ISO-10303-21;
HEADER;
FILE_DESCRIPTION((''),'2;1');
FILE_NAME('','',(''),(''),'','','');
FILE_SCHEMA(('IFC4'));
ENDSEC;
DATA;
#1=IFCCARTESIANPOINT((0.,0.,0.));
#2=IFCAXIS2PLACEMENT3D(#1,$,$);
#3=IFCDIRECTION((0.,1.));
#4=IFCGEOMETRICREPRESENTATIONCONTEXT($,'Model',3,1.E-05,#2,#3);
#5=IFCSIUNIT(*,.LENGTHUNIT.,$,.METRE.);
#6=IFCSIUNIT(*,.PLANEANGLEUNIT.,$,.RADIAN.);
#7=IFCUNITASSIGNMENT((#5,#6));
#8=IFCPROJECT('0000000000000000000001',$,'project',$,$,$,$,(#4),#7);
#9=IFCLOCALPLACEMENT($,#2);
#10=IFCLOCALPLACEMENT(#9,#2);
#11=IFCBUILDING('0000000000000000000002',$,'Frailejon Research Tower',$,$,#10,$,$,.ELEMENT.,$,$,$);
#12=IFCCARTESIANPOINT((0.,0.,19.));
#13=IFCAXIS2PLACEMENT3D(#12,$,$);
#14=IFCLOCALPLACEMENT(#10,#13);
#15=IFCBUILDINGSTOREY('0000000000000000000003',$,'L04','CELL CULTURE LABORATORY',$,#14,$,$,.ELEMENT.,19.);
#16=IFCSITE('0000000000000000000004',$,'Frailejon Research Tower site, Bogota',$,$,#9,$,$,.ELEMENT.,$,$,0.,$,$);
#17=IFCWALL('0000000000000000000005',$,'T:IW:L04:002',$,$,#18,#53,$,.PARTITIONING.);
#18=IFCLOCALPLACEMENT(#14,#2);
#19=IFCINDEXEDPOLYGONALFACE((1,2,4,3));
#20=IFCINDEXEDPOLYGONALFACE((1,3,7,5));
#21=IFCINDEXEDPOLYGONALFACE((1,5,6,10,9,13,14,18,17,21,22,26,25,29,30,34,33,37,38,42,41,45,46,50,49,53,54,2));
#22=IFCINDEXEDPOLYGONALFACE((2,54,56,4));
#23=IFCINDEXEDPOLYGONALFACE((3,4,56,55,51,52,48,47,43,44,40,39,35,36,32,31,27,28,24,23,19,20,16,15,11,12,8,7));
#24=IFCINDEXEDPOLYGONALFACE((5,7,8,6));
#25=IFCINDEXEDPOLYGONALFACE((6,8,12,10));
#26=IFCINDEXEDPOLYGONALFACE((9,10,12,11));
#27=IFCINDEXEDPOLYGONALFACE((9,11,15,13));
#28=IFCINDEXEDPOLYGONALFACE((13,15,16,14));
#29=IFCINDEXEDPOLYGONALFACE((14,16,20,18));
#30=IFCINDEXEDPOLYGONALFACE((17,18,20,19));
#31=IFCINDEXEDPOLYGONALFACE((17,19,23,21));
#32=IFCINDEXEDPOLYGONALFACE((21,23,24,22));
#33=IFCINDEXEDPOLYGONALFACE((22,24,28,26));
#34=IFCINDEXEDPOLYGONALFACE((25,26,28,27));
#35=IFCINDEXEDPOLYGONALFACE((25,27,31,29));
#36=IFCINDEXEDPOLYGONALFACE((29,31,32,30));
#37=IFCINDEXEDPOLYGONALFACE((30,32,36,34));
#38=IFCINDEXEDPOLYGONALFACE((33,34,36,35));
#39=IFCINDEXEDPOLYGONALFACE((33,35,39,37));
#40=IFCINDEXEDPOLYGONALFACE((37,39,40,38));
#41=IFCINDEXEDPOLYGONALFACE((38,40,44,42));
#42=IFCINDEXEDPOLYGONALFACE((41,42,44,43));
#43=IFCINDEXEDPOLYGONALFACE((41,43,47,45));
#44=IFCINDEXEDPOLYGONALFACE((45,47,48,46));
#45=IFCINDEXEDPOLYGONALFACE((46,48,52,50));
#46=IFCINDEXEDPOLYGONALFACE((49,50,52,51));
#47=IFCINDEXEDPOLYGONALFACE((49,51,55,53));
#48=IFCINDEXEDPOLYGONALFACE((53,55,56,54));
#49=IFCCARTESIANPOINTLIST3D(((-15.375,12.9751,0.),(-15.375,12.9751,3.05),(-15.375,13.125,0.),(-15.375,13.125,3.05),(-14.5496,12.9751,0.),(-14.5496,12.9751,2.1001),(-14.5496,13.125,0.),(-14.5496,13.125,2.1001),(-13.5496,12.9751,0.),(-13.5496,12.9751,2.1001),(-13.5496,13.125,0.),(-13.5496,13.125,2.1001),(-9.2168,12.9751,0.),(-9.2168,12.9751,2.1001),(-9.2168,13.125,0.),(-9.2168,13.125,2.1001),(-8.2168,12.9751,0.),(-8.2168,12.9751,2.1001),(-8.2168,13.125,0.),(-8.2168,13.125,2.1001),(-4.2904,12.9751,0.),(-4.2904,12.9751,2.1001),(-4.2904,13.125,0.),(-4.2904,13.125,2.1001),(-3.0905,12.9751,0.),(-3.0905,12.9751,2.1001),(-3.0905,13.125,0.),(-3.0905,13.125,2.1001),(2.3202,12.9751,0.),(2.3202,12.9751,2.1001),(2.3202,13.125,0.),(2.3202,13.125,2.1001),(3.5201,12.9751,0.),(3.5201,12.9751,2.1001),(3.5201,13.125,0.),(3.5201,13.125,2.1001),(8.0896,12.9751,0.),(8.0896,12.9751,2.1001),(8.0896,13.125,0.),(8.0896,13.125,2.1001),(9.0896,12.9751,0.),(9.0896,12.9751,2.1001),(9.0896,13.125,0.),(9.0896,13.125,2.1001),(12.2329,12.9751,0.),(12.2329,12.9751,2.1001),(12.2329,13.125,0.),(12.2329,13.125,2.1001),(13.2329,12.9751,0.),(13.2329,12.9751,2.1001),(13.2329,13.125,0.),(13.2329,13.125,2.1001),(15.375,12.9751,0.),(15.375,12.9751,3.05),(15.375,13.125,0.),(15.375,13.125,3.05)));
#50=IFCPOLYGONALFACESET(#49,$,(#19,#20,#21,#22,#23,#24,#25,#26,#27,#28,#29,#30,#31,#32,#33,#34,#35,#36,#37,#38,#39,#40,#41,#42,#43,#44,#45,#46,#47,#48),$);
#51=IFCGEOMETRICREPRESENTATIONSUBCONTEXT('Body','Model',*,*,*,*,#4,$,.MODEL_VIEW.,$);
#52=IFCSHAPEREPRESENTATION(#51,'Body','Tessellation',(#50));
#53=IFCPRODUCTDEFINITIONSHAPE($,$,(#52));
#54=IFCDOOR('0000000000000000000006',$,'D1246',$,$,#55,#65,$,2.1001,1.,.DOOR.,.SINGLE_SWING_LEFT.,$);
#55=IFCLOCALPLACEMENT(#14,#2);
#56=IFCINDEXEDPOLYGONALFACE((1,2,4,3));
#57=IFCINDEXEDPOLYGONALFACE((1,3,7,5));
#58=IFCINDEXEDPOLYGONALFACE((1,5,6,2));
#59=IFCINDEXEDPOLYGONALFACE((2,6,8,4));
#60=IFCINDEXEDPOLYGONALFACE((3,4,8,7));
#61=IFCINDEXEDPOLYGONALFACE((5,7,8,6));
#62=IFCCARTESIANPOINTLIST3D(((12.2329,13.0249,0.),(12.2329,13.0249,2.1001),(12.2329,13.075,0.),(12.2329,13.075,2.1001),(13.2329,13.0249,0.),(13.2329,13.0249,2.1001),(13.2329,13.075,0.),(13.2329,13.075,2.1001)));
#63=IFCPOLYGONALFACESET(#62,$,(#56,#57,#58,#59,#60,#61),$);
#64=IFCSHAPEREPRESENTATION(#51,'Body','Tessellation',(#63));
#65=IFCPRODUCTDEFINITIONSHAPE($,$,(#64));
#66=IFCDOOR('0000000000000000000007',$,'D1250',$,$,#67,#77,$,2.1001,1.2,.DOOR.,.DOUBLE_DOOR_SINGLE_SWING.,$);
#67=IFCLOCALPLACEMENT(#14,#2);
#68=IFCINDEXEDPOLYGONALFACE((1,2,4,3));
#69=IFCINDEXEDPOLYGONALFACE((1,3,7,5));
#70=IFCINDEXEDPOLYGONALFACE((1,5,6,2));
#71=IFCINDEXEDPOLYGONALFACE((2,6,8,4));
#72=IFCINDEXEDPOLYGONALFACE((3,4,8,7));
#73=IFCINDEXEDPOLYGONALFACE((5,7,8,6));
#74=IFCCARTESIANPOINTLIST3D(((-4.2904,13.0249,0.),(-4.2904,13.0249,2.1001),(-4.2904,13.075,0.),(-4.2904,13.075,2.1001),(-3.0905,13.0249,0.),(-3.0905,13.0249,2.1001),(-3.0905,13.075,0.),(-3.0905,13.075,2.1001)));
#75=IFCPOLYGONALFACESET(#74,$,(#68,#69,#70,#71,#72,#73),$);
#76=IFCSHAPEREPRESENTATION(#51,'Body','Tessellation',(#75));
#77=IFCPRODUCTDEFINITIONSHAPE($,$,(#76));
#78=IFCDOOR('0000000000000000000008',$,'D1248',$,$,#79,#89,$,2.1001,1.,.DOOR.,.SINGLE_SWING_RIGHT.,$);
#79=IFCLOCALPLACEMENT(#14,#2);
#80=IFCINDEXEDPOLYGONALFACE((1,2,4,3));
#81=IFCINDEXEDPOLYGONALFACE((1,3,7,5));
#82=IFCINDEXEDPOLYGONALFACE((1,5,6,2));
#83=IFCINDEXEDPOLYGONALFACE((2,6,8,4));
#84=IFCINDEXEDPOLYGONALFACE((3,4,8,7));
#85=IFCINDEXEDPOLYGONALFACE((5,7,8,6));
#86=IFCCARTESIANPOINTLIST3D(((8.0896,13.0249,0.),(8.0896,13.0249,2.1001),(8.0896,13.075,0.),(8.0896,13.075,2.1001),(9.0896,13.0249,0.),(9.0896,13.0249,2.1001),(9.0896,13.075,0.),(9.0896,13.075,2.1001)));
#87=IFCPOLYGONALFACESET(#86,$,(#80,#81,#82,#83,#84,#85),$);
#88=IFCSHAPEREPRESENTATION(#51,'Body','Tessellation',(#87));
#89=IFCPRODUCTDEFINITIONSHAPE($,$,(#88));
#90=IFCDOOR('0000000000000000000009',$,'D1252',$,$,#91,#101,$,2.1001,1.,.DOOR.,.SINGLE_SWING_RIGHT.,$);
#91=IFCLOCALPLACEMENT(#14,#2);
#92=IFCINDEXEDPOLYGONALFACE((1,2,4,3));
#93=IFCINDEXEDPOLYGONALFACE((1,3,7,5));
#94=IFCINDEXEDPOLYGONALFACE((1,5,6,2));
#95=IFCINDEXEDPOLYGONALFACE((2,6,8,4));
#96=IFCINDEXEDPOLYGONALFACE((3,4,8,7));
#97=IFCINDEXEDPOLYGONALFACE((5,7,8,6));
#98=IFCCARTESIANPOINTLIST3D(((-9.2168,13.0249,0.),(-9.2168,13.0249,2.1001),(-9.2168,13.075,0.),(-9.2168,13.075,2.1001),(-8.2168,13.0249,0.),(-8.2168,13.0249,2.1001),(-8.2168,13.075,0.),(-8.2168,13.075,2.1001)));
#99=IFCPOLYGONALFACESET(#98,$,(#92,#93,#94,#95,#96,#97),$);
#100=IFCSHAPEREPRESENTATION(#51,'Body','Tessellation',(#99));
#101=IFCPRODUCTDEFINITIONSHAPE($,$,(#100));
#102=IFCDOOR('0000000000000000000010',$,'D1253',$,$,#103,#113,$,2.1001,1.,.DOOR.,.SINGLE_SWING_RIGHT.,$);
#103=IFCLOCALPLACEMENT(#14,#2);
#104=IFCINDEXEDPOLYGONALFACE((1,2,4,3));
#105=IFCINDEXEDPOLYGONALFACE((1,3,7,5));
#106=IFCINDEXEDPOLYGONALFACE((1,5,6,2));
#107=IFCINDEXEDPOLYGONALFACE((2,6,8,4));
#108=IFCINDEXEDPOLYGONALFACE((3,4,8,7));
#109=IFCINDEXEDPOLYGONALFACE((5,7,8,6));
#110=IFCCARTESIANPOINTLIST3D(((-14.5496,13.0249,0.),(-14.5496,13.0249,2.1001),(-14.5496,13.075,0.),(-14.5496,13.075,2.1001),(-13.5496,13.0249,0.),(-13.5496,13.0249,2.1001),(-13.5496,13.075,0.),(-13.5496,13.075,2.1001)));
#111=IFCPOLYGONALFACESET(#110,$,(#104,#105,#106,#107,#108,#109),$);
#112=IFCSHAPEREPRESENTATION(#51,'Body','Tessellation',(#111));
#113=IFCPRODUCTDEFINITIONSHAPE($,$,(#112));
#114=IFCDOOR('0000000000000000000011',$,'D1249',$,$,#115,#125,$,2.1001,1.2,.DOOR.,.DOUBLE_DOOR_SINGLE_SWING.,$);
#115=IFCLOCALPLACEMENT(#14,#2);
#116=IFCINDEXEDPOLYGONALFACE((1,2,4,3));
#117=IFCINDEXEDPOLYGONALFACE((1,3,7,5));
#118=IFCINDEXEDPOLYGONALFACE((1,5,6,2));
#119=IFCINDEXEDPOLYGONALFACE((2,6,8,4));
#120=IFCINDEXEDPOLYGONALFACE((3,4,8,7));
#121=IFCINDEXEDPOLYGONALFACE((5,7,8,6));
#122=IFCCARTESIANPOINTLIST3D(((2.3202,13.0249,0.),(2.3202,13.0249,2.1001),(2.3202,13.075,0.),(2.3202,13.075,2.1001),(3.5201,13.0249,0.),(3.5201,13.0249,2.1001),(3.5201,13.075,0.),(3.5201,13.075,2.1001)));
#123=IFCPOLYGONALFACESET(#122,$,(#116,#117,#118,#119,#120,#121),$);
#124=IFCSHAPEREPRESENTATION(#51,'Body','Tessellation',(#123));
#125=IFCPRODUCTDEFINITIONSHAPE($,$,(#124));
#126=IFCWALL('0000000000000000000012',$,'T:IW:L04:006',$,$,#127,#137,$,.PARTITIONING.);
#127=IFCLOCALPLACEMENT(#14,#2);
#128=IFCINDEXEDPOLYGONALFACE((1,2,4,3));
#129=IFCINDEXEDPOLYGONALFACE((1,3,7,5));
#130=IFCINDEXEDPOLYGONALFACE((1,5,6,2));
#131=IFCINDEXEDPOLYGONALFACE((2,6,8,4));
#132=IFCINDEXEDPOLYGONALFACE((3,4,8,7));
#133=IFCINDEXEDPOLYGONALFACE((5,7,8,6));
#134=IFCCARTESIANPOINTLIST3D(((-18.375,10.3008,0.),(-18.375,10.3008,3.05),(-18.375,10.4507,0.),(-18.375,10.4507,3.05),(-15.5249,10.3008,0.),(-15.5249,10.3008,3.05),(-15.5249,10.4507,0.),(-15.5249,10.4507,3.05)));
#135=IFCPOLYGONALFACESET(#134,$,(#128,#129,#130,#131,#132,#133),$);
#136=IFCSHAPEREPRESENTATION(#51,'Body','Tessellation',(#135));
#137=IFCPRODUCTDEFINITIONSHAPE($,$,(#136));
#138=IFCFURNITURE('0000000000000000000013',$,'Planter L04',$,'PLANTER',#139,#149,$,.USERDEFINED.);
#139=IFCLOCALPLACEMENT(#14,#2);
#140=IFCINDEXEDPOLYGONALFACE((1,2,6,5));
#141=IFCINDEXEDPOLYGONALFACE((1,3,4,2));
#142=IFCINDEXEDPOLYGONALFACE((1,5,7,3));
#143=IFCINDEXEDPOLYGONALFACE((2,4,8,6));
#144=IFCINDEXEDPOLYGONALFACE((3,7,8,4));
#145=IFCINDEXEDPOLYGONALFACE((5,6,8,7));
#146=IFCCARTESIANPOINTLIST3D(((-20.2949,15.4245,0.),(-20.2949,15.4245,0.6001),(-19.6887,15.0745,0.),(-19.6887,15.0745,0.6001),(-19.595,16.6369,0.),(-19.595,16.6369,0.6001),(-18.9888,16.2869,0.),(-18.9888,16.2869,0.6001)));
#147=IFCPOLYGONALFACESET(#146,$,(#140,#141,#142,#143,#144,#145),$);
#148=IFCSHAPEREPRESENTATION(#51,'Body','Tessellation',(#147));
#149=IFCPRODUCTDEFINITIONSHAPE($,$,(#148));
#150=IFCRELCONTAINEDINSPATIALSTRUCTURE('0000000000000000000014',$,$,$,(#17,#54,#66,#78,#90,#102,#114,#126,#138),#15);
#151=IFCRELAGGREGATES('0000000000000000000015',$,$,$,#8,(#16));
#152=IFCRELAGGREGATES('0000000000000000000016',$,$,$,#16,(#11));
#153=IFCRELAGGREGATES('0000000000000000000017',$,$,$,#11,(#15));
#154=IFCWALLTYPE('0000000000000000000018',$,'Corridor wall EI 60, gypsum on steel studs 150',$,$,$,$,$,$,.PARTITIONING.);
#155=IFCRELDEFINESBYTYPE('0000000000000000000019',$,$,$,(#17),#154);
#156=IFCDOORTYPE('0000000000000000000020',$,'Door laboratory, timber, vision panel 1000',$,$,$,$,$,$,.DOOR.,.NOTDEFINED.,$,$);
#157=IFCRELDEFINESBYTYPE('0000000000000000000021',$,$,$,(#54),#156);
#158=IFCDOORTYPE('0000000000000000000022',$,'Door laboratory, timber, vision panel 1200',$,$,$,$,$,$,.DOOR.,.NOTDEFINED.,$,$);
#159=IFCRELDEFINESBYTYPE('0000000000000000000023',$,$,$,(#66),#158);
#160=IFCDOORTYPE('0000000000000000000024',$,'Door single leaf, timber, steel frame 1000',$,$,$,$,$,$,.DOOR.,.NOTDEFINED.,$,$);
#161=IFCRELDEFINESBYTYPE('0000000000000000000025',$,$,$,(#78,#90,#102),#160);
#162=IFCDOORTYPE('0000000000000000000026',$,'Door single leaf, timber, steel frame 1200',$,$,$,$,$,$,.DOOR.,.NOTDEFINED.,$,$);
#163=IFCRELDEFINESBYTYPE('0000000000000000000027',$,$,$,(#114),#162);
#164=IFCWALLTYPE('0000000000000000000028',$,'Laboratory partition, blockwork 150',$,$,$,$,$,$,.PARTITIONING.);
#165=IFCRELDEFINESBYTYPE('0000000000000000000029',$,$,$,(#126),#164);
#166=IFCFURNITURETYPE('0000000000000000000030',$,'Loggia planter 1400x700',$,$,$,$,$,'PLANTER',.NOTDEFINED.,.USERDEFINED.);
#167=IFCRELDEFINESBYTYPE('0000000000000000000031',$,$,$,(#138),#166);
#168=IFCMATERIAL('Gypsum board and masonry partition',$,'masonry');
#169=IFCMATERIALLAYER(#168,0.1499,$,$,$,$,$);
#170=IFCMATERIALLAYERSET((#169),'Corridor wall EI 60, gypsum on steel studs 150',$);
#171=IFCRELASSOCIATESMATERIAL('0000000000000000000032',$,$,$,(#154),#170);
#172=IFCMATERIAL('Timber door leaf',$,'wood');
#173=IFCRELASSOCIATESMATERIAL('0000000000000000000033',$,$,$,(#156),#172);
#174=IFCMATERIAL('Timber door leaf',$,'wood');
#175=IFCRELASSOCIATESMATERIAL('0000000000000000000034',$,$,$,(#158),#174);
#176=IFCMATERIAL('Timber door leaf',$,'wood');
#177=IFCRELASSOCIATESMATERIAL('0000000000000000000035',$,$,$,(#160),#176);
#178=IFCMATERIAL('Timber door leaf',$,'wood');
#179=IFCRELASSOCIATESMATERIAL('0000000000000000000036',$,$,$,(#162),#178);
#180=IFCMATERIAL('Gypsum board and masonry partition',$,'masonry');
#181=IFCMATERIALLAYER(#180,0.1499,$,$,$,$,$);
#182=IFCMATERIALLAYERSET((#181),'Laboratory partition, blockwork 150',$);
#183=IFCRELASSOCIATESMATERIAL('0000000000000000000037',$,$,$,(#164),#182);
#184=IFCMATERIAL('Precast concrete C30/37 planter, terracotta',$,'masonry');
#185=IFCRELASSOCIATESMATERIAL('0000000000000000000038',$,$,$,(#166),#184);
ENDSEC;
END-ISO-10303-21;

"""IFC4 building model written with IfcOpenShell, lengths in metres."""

from ifc_helpers import new_model, si_unit, direction, frame, frame_2d, origin, origin_2d, place, context, subcontext, project, spatial, rectangle, extrude, material, layer, layer_set, type_object, element, fill, save


model = new_model("IFC4")

# Units and contexts
model_context = context("Model", 3, precision=1e-05, world=origin(), true_north=direction((0.0, 1.0)))
body_context = subcontext(model_context, "Body", "Model", "MODEL_VIEW")
ifc_project = project(units=[si_unit("LENGTHUNIT", "METRE"), si_unit("PLANEANGLEUNIT", "RADIAN")], contexts=[model_context])

# Site, building, storey
site_placement = place(None, origin())
site = spatial("IfcSite", under=ifc_project, at=site_placement, Name="Frailejon Research Tower site, Bogota", CompositionType="ELEMENT", RefElevation=0.0)
building_placement = place(site_placement, origin())
building = spatial("IfcBuilding", under=site, at=building_placement, Name="Frailejon Research Tower", CompositionType="ELEMENT")
storey_placement = place(building_placement, frame((0.0, 0.0, 19.0)))
storey = spatial("IfcBuildingStorey", under=building, at=storey_placement, Name="L04", Description="CELL CULTURE LABORATORY", CompositionType="ELEMENT", Elevation=19.0)

# Wall, openings, doors
ifc_material_1 = material(Name="Gypsum board and masonry partition", Category="masonry")
ifc_layer_1 = layer(ifc_material_1, 0.1499)
ifc_layer_set_1 = layer_set([ifc_layer_1], Name="Corridor wall EI 60, gypsum on steel studs 150")
wall_type_1 = type_object("IfcWallType", Name="Corridor wall EI 60, gypsum on steel studs 150", PredefinedType="PARTITIONING", material=ifc_layer_set_1)
wall_1_placement = place(storey_placement, frame((-15.375, 13.05, 0.0), z_axis=(0.0, 0.0, 1.0), x_axis=(1.0, 0.0, 0.0)))
wall_1 = element("IfcWall", 1, at=wall_1_placement, inside=storey, type_object=wall_type_1, Name="T:IW:L04:002", PredefinedType="PARTITIONING", context=body_context, shape_type="SweptSolid", body=[
    extrude(rectangle(XDim=30.75, YDim=0.1499, at=frame_2d((15.375, 0.0))), origin(), (0.0, 0.0, 1.0), 3.05),
])
opening_1_placement = place(wall_1_placement, frame((27.6079, 0.0, 0.0)))
opening_1 = element("IfcOpeningElement", 2, at=opening_1_placement, cuts=wall_1, PredefinedType="OPENING", context=body_context, shape_type="SweptSolid", body=[
    extrude(rectangle(XDim=1.0, YDim=2.1001, at=frame_2d((0.5, 1.05))), frame((0.0, 0.085, 0.0), z_axis=(0.0, -1.0, 0.0), x_axis=(1.0, 0.0, 0.0)), (0.0, 0.0, 1.0), 0.1699),
])
opening_2_placement = place(wall_1_placement, frame((23.4646, 0.0, 0.0)))
opening_2 = element("IfcOpeningElement", 3, at=opening_2_placement, cuts=wall_1, PredefinedType="OPENING", context=body_context, shape_type="SweptSolid", body=[
    extrude(rectangle(XDim=1.0, YDim=2.1001, at=frame_2d((0.5, 1.05))), frame((0.0, 0.085, 0.0), z_axis=(0.0, -1.0, 0.0), x_axis=(1.0, 0.0, 0.0)), (0.0, 0.0, 1.0), 0.1699),
])
opening_3_placement = place(wall_1_placement, frame((17.6951, 0.0, 0.0)))
opening_3 = element("IfcOpeningElement", 4, at=opening_3_placement, cuts=wall_1, PredefinedType="OPENING", context=body_context, shape_type="SweptSolid", body=[
    extrude(rectangle(XDim=1.2, YDim=2.1001, at=frame_2d((0.6001, 1.05))), frame((0.0, 0.085, 0.0), z_axis=(0.0, -1.0, 0.0), x_axis=(1.0, 0.0, 0.0)), (0.0, 0.0, 1.0), 0.1699),
])
opening_4_placement = place(wall_1_placement, frame((11.0845, 0.0, 0.0)))
opening_4 = element("IfcOpeningElement", 5, at=opening_4_placement, cuts=wall_1, PredefinedType="OPENING", context=body_context, shape_type="SweptSolid", body=[
    extrude(rectangle(XDim=1.2, YDim=2.1001, at=frame_2d((0.6001, 1.05))), frame((0.0, 0.085, 0.0), z_axis=(0.0, -1.0, 0.0), x_axis=(1.0, 0.0, 0.0)), (0.0, 0.0, 1.0), 0.1699),
])
opening_5_placement = place(wall_1_placement, frame((6.1582, 0.0, 0.0)))
opening_5 = element("IfcOpeningElement", 6, at=opening_5_placement, cuts=wall_1, PredefinedType="OPENING", context=body_context, shape_type="SweptSolid", body=[
    extrude(rectangle(XDim=1.0, YDim=2.1001, at=frame_2d((0.5, 1.05))), frame((0.0, 0.085, 0.0), z_axis=(0.0, -1.0, 0.0), x_axis=(1.0, 0.0, 0.0)), (0.0, 0.0, 1.0), 0.1699),
])
opening_6_placement = place(wall_1_placement, frame((0.8254, 0.0, 0.0)))
opening_6 = element("IfcOpeningElement", 7, at=opening_6_placement, cuts=wall_1, PredefinedType="OPENING", context=body_context, shape_type="SweptSolid", body=[
    extrude(rectangle(XDim=1.0, YDim=2.1001, at=frame_2d((0.5, 1.05))), frame((0.0, 0.085, 0.0), z_axis=(0.0, -1.0, 0.0), x_axis=(1.0, 0.0, 0.0)), (0.0, 0.0, 1.0), 0.1699),
])
ifc_material_2 = material(Name="Timber door leaf", Category="wood")
door_type_1 = type_object("IfcDoorType", Name="Door laboratory, timber, vision panel 1000", OperationType="NOTDEFINED", PredefinedType="DOOR", material=ifc_material_2)
door_1_placement = place(opening_1_placement, origin())
door_1 = element("IfcDoor", 8, at=door_1_placement, inside=storey, type_object=door_type_1, Name="D1246", OperationType="SINGLE_SWING_LEFT", OverallHeight=2.1001, OverallWidth=1.0, PredefinedType="DOOR", context=body_context, shape_type="SweptSolid", body=[
    extrude(rectangle(XDim=1.0, YDim=2.1001, at=frame_2d((0.5, 1.05))), frame((0.0, 0.0249, 0.0), z_axis=(0.0, -1.0, 0.0), x_axis=(1.0, 0.0, 0.0)), (0.0, 0.0, 1.0), 0.05),
])
fill(opening_1, door_1)
ifc_material_3 = material(Name="Timber door leaf", Category="wood")
door_type_2 = type_object("IfcDoorType", Name="Door laboratory, timber, vision panel 1200", OperationType="NOTDEFINED", PredefinedType="DOOR", material=ifc_material_3)
door_2_placement = place(opening_4_placement, origin())
door_2 = element("IfcDoor", 9, at=door_2_placement, inside=storey, type_object=door_type_2, Name="D1250", OperationType="DOUBLE_DOOR_SINGLE_SWING", OverallHeight=2.1001, OverallWidth=1.2, PredefinedType="DOOR", context=body_context, shape_type="SweptSolid", body=[
    extrude(rectangle(XDim=1.2, YDim=2.1001, at=frame_2d((0.6001, 1.05))), frame((0.0, 0.0249, 0.0), z_axis=(0.0, -1.0, 0.0), x_axis=(1.0, 0.0, 0.0)), (0.0, 0.0, 1.0), 0.05),
])
fill(opening_4, door_2)
ifc_material_4 = material(Name="Timber door leaf", Category="wood")
door_type_3 = type_object("IfcDoorType", Name="Door single leaf, timber, steel frame 1000", OperationType="NOTDEFINED", PredefinedType="DOOR", material=ifc_material_4)
door_3_placement = place(opening_2_placement, origin())
door_3 = element("IfcDoor", 10, at=door_3_placement, inside=storey, type_object=door_type_3, Name="D1248", OperationType="SINGLE_SWING_RIGHT", OverallHeight=2.1001, OverallWidth=1.0, PredefinedType="DOOR", context=body_context, shape_type="SweptSolid", body=[
    extrude(rectangle(XDim=1.0, YDim=2.1001, at=frame_2d((0.5, 1.05))), frame((0.0, 0.0249, 0.0), z_axis=(0.0, -1.0, 0.0), x_axis=(1.0, 0.0, 0.0)), (0.0, 0.0, 1.0), 0.05),
])
fill(opening_2, door_3)
door_4_placement = place(opening_5_placement, origin())
door_4 = element("IfcDoor", 11, at=door_4_placement, inside=storey, type_object=door_type_3, Name="D1252", OperationType="SINGLE_SWING_RIGHT", OverallHeight=2.1001, OverallWidth=1.0, PredefinedType="DOOR", context=body_context, shape_type="SweptSolid", body=[
    extrude(rectangle(XDim=1.0, YDim=2.1001, at=frame_2d((0.5, 1.05))), frame((0.0, 0.0249, 0.0), z_axis=(0.0, -1.0, 0.0), x_axis=(1.0, 0.0, 0.0)), (0.0, 0.0, 1.0), 0.05),
])
fill(opening_5, door_4)
door_5_placement = place(opening_6_placement, origin())
door_5 = element("IfcDoor", 12, at=door_5_placement, inside=storey, type_object=door_type_3, Name="D1253", OperationType="SINGLE_SWING_RIGHT", OverallHeight=2.1001, OverallWidth=1.0, PredefinedType="DOOR", context=body_context, shape_type="SweptSolid", body=[
    extrude(rectangle(XDim=1.0, YDim=2.1001, at=frame_2d((0.5, 1.05))), frame((0.0, 0.0249, 0.0), z_axis=(0.0, -1.0, 0.0), x_axis=(1.0, 0.0, 0.0)), (0.0, 0.0, 1.0), 0.05),
])
fill(opening_6, door_5)
ifc_material_5 = material(Name="Timber door leaf", Category="wood")
door_type_4 = type_object("IfcDoorType", Name="Door single leaf, timber, steel frame 1200", OperationType="NOTDEFINED", PredefinedType="DOOR", material=ifc_material_5)
door_6_placement = place(opening_3_placement, origin())
door_6 = element("IfcDoor", 13, at=door_6_placement, inside=storey, type_object=door_type_4, Name="D1249", OperationType="DOUBLE_DOOR_SINGLE_SWING", OverallHeight=2.1001, OverallWidth=1.2, PredefinedType="DOOR", context=body_context, shape_type="SweptSolid", body=[
    extrude(rectangle(XDim=1.2, YDim=2.1001, at=frame_2d((0.6001, 1.05))), frame((0.0, 0.0249, 0.0), z_axis=(0.0, -1.0, 0.0), x_axis=(1.0, 0.0, 0.0)), (0.0, 0.0, 1.0), 0.05),
])
fill(opening_3, door_6)

# Wall
ifc_material_6 = material(Name="Gypsum board and masonry partition", Category="masonry")
ifc_layer_2 = layer(ifc_material_6, 0.1499)
ifc_layer_set_2 = layer_set([ifc_layer_2], Name="Laboratory partition, blockwork 150")
wall_type_2 = type_object("IfcWallType", Name="Laboratory partition, blockwork 150", PredefinedType="PARTITIONING", material=ifc_layer_set_2)
wall_2_placement = place(storey_placement, frame((-18.375, 10.3757, 0.0), z_axis=(0.0, 0.0, 1.0), x_axis=(1.0, 0.0, 0.0)))
element("IfcWall", 14, at=wall_2_placement, inside=storey, type_object=wall_type_2, Name="T:IW:L04:006", PredefinedType="PARTITIONING", context=body_context, shape_type="SweptSolid", body=[
    extrude(rectangle(XDim=2.8501, YDim=0.1499, at=frame_2d((1.425, 0.0))), origin(), (0.0, 0.0, 1.0), 3.05),
])

# Furniture
ifc_material_7 = material(Name="Precast concrete C30/37 planter, terracotta", Category="masonry")
furniture_type = type_object("IfcFurnitureType", Name="Loggia planter 1400x700", ElementType="PLANTER", AssemblyPlace="NOTDEFINED", PredefinedType="USERDEFINED", material=ifc_material_7)
furniture_placement = place(storey_placement, frame((-19.6418, 15.8557, 0.0), z_axis=(0.0, 0.0, 1.0), x_axis=(-0.5, -0.866025, 0.0)))
element("IfcFurniture", 15, at=furniture_placement, inside=storey, type_object=furniture_type, Name="Planter L04", ObjectType="PLANTER", PredefinedType="USERDEFINED", context=body_context, shape_type="SweptSolid", body=[
    extrude(rectangle(XDim=1.3999, YDim=0.7, at=origin_2d()), origin(), (0.0, 0.0, 1.0), 0.6001),
])

save(model, "model.ifc")
